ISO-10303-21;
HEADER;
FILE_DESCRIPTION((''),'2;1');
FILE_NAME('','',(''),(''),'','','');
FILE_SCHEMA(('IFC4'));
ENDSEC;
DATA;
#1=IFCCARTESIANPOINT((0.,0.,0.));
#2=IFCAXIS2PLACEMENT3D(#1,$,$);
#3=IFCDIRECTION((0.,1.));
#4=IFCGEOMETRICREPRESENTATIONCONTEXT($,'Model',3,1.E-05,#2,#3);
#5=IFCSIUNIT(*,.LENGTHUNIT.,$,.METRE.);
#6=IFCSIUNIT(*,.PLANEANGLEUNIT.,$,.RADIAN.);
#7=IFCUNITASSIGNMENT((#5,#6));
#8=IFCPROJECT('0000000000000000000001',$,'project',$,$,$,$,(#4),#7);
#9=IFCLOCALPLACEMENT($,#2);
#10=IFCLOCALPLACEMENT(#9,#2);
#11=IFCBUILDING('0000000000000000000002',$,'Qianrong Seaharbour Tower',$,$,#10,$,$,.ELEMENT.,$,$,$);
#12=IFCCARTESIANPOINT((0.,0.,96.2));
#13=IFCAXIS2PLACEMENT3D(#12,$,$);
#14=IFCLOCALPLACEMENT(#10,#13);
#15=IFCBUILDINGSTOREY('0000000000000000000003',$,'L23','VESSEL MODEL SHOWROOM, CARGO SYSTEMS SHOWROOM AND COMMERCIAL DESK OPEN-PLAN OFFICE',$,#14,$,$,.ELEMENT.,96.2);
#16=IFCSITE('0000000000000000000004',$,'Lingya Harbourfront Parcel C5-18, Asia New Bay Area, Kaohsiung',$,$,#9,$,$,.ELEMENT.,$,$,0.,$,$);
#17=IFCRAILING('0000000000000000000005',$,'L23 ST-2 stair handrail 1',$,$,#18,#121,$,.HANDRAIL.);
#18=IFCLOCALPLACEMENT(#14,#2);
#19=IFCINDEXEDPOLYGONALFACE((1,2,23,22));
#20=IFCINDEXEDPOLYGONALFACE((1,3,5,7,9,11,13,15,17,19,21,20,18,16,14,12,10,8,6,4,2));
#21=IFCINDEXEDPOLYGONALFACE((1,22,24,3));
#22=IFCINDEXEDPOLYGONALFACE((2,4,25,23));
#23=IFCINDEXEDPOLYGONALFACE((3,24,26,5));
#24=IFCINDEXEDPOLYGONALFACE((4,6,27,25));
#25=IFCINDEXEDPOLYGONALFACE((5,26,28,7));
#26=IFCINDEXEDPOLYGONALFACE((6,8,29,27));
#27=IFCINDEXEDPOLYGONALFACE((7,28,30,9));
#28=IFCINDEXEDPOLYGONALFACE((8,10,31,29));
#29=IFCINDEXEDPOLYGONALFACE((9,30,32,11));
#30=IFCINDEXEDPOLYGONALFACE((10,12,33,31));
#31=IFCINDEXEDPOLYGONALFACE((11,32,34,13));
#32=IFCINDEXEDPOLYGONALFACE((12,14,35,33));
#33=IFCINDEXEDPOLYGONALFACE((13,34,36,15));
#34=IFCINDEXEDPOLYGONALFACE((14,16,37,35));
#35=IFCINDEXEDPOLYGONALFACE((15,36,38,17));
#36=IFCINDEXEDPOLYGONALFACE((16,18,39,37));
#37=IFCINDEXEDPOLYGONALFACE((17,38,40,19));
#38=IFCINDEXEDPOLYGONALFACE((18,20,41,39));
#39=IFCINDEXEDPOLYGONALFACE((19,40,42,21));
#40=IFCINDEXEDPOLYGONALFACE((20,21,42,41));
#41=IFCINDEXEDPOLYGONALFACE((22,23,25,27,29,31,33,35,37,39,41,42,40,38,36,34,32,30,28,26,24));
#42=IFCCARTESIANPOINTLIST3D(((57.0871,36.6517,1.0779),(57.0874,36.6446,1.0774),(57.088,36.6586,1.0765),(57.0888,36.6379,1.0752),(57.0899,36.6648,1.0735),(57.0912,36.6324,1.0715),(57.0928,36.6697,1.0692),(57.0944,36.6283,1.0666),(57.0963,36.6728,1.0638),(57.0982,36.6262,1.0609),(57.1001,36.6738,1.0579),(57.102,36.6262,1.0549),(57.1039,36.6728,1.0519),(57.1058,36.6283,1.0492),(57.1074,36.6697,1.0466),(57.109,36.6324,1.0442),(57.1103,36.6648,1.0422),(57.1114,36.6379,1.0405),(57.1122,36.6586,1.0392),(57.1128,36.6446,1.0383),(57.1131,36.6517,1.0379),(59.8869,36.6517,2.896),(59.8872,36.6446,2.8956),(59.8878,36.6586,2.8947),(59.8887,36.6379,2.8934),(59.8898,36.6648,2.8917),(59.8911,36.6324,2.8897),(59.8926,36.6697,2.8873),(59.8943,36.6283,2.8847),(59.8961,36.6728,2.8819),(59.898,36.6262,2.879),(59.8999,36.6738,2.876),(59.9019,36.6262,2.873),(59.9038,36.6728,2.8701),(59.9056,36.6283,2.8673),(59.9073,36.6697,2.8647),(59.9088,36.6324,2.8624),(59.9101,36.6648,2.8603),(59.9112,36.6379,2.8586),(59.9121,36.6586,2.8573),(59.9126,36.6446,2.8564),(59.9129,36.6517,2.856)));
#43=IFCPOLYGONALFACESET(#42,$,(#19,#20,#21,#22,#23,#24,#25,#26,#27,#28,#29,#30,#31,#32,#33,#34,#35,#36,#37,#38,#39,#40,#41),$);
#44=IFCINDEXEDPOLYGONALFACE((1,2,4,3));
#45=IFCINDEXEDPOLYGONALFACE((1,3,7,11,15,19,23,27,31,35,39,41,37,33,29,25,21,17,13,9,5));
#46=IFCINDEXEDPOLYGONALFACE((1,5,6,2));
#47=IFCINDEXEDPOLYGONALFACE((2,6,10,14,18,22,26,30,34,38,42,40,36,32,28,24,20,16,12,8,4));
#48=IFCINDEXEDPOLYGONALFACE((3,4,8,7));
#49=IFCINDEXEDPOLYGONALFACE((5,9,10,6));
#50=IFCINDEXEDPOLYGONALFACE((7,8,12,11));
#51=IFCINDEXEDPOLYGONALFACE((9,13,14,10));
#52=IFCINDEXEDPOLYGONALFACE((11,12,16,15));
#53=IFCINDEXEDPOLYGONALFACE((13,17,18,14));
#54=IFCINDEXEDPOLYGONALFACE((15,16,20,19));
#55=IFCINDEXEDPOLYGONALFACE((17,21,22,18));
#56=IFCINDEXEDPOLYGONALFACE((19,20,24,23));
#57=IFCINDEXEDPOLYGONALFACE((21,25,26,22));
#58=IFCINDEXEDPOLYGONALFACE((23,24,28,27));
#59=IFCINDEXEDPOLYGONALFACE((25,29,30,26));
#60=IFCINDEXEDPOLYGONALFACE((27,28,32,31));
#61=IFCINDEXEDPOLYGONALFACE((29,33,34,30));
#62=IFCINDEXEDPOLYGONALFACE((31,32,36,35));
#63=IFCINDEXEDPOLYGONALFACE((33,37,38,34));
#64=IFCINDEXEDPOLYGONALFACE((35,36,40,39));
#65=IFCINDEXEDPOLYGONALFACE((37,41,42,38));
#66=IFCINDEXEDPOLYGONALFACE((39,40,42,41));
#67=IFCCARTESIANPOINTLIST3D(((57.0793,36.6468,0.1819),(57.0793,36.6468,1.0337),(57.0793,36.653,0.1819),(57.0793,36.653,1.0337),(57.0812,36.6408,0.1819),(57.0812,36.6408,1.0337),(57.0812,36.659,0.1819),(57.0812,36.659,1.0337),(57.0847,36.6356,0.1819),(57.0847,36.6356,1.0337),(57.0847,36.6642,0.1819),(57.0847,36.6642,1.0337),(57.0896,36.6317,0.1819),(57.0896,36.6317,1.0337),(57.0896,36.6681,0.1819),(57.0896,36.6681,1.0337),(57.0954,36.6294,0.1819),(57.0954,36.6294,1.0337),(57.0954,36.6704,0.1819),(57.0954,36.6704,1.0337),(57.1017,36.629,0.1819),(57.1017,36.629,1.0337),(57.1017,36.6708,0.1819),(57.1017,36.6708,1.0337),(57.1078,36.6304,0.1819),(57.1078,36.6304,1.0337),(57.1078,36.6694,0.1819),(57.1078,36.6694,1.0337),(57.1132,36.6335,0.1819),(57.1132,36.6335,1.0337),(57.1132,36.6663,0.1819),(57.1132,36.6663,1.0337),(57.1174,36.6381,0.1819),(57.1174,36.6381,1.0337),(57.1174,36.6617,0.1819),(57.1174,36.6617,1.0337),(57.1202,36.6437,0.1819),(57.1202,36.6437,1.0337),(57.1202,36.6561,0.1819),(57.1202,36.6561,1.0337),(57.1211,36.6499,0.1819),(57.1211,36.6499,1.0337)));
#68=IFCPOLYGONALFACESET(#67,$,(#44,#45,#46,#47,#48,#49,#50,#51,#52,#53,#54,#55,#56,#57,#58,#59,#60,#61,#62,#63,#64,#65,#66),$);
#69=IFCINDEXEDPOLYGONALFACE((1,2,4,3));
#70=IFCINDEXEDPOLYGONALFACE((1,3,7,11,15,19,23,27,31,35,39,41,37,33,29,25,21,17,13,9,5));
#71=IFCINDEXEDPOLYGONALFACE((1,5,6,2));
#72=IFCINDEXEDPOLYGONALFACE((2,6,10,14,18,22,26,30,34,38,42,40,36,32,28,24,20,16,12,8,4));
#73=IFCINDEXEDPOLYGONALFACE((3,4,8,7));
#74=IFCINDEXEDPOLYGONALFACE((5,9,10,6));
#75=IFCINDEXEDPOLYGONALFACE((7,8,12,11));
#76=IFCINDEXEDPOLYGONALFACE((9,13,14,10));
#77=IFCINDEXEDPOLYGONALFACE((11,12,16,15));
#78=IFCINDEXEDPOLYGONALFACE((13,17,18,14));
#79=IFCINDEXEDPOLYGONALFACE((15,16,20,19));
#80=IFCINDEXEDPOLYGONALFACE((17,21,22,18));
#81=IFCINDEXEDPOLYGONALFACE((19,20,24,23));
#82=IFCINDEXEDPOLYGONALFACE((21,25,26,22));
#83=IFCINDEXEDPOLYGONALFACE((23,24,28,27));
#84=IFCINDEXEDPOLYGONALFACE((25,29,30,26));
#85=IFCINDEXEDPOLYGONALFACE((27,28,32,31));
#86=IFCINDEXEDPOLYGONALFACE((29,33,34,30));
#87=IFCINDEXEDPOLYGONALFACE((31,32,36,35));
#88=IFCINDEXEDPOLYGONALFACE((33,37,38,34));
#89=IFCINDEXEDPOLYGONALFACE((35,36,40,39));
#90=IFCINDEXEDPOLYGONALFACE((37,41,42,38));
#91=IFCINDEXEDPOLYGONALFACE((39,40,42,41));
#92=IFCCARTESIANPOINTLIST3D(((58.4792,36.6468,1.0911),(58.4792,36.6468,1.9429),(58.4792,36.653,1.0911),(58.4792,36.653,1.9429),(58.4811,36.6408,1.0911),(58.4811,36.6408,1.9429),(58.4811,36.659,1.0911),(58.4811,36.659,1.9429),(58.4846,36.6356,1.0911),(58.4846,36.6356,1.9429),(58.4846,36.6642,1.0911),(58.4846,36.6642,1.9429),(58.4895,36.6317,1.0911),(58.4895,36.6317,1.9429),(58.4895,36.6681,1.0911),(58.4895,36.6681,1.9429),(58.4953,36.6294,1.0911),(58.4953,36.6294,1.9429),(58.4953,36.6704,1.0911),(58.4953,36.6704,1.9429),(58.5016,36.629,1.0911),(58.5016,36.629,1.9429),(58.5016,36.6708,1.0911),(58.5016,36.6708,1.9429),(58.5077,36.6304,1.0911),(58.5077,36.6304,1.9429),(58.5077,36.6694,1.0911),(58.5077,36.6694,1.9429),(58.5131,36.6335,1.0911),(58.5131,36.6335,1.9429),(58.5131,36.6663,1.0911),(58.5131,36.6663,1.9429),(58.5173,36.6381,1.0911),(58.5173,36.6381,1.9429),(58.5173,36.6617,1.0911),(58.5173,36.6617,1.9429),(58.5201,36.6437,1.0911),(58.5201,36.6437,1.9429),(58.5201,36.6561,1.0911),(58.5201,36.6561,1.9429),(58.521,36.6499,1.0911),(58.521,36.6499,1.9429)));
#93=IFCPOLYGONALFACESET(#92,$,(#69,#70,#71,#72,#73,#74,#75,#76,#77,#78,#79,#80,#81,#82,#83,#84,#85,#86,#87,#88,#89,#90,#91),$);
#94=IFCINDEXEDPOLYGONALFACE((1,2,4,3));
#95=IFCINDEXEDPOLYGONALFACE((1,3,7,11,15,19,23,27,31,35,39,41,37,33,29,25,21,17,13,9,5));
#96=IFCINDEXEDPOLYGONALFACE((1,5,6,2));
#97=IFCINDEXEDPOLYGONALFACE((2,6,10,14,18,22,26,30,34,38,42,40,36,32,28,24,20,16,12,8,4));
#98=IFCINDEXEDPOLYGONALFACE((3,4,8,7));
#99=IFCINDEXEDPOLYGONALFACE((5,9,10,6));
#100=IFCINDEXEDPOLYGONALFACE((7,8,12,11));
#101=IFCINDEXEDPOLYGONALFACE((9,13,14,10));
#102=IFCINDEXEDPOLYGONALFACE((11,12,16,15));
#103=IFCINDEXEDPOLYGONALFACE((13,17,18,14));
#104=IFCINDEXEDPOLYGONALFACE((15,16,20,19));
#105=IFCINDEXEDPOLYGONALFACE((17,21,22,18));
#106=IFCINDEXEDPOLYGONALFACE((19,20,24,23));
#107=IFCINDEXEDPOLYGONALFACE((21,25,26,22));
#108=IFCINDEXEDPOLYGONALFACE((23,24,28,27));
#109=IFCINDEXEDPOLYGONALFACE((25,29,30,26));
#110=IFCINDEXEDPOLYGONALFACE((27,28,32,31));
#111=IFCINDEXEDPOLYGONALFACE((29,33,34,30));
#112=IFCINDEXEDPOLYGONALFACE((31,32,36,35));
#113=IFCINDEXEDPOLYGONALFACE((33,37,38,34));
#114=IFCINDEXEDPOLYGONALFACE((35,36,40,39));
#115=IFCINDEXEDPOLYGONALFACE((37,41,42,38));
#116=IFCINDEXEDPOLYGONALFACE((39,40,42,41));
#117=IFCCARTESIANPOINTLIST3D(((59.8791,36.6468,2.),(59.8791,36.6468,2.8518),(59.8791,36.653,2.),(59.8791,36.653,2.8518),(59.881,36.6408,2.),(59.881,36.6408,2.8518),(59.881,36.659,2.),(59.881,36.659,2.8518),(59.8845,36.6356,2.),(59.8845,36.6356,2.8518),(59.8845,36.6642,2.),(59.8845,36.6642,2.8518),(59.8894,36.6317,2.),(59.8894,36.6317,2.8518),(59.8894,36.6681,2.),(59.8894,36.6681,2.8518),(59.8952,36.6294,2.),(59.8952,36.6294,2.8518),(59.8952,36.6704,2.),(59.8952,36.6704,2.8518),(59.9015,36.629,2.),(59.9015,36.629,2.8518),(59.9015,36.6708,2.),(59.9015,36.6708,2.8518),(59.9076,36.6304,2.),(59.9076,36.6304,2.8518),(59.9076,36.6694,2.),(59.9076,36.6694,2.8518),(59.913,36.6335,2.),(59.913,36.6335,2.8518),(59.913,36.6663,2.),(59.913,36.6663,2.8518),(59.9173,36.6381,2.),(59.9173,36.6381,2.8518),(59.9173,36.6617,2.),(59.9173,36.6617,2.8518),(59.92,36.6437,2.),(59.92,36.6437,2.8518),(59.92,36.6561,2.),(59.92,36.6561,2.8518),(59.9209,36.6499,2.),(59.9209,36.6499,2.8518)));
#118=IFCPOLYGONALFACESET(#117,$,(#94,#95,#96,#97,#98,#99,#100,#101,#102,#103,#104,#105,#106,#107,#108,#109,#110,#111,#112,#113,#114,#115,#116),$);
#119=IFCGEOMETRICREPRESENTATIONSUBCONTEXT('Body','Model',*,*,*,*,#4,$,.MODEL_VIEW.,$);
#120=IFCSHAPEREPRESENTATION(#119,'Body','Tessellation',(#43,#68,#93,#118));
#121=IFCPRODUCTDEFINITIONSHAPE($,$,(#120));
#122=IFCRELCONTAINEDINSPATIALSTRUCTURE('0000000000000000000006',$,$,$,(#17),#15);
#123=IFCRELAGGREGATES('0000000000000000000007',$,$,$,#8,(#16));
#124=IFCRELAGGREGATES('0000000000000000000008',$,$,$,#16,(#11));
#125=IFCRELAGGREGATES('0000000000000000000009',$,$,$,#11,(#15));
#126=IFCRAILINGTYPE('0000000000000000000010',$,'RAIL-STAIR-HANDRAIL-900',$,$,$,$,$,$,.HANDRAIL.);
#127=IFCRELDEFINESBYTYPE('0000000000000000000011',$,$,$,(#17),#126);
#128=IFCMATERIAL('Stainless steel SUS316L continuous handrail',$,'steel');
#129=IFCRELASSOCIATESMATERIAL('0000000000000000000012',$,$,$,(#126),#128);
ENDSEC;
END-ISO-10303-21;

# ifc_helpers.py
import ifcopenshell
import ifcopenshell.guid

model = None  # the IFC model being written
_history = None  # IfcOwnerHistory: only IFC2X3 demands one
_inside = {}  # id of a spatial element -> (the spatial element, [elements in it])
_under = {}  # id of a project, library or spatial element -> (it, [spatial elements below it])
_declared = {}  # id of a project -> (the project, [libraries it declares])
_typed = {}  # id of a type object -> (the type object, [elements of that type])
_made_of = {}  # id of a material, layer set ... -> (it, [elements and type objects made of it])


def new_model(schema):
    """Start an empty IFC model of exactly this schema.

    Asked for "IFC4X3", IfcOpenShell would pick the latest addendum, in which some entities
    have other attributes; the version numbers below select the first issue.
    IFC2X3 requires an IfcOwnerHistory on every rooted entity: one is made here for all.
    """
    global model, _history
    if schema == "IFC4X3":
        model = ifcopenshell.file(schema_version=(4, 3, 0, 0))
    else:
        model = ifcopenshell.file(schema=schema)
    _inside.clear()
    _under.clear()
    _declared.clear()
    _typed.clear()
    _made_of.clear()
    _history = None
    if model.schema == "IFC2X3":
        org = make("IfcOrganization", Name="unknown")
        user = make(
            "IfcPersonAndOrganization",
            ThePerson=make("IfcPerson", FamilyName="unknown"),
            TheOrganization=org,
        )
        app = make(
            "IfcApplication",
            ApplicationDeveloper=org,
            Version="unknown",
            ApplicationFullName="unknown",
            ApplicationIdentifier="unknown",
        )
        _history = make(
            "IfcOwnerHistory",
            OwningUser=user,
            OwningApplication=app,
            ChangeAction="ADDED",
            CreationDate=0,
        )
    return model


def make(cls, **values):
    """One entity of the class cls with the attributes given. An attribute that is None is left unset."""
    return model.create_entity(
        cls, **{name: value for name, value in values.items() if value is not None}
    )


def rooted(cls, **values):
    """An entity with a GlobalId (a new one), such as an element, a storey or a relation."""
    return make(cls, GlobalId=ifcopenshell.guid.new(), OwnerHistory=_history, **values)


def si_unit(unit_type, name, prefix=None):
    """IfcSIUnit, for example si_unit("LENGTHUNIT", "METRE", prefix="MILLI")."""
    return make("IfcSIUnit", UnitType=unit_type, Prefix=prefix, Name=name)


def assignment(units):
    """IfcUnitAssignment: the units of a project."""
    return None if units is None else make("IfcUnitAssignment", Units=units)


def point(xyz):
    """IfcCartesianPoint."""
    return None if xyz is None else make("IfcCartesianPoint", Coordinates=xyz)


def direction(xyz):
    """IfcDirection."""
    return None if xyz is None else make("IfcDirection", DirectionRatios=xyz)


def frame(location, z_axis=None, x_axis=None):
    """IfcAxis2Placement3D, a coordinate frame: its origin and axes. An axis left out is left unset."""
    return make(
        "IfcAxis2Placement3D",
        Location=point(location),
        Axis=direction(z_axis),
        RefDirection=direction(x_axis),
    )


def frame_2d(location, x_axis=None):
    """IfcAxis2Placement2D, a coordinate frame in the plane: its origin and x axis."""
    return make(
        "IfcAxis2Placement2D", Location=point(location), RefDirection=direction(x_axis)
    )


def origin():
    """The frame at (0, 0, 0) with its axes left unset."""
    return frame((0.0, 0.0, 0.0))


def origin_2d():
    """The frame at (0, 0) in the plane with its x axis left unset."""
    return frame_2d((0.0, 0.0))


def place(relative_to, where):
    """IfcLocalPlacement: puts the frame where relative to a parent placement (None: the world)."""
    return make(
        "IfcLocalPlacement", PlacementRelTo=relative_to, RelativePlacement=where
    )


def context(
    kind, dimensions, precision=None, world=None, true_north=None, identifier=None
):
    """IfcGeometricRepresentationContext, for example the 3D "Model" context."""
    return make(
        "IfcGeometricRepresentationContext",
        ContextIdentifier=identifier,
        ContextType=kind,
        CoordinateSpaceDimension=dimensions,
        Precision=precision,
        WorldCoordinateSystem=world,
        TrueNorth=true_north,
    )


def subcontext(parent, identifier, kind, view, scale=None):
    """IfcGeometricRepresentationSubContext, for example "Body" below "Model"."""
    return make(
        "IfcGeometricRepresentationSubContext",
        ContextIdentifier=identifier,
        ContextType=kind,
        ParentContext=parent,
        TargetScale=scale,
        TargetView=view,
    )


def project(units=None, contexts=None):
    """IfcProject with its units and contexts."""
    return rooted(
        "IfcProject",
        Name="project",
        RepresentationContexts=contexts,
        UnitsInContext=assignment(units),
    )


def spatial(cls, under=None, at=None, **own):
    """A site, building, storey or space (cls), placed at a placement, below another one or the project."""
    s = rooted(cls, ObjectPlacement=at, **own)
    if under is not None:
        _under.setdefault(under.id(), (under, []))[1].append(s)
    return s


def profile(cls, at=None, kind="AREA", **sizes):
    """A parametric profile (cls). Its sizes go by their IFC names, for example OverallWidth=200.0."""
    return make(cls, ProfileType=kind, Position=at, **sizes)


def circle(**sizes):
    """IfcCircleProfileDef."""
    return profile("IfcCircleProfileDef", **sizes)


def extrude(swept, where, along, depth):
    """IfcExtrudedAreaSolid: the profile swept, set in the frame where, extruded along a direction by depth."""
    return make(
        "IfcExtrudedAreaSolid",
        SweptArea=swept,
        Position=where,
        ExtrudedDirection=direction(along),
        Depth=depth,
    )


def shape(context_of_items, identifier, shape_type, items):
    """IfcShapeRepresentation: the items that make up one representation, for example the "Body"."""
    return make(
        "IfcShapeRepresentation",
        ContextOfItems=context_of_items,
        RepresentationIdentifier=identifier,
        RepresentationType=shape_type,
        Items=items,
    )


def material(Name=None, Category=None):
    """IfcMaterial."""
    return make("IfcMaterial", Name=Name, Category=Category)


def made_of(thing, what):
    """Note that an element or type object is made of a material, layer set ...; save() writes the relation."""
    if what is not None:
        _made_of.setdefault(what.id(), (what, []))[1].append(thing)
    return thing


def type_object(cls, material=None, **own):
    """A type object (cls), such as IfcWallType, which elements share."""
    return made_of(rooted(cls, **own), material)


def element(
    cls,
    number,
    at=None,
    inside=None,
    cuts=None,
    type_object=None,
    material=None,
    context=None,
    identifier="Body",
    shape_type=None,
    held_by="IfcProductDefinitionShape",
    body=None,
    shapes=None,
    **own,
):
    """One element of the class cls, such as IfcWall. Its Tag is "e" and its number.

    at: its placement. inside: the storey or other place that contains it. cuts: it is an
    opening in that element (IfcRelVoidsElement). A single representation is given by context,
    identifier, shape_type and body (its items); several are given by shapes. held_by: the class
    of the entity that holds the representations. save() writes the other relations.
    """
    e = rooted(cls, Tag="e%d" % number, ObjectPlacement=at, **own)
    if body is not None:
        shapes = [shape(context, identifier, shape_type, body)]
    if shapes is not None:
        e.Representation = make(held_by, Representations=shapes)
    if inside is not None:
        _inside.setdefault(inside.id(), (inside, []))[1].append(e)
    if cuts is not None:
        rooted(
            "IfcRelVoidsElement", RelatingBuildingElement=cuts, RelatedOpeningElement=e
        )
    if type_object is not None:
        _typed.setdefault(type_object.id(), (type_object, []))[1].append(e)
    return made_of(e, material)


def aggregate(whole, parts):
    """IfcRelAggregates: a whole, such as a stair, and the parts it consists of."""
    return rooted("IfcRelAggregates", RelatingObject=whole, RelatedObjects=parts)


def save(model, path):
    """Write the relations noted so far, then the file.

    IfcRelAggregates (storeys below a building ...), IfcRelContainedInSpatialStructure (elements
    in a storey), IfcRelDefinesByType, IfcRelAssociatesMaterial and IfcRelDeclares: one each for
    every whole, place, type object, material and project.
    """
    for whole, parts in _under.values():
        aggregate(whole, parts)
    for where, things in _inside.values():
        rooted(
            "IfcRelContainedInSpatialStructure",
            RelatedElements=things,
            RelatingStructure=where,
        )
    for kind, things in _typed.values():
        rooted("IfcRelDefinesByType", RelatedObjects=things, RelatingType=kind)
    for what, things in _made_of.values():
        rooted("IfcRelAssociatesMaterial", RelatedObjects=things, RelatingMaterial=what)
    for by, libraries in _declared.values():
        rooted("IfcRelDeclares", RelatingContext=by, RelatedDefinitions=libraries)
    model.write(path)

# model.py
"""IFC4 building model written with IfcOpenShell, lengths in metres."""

from ifc_helpers import new_model, si_unit, direction, frame, origin, origin_2d, place, context, subcontext, project, spatial, circle, extrude, material, type_object, element, save


model = new_model("IFC4")

# Units and contexts
model_context = context("Model", 3, precision=1e-05, world=origin(), true_north=direction((0.0, 1.0)))
body_context = subcontext(model_context, "Body", "Model", "MODEL_VIEW")
ifc_project = project(units=[si_unit("LENGTHUNIT", "METRE"), si_unit("PLANEANGLEUNIT", "RADIAN")], contexts=[model_context])

# Site, building, storey
site_placement = place(None, origin())
site = spatial("IfcSite", under=ifc_project, at=site_placement, Name="Lingya Harbourfront Parcel C5-18, Asia New Bay Area, Kaohsiung", CompositionType="ELEMENT", RefElevation=0.0)
building_placement = place(site_placement, origin())
building = spatial("IfcBuilding", under=site, at=building_placement, Name="Qianrong Seaharbour Tower", CompositionType="ELEMENT")
storey_placement = place(building_placement, frame((0.0, 0.0, 96.2)))
storey = spatial("IfcBuildingStorey", under=building, at=storey_placement, Name="L23", Description="VESSEL MODEL SHOWROOM, CARGO SYSTEMS SHOWROOM AND COMMERCIAL DESK OPEN-PLAN OFFICE", CompositionType="ELEMENT", Elevation=96.2)

# Railing
ifc_material_1 = material(Name="Stainless steel SUS316L continuous handrail", Category="steel")
railing_type_1 = type_object("IfcRailingType", Name="RAIL-STAIR-HANDRAIL-900", PredefinedType="HANDRAIL", material=ifc_material_1)
railing_1_placement = place(storey_placement, frame((57.1001, 36.6499, 0.1819)))
element("IfcRailing", 1, at=railing_1_placement, inside=storey, type_object=railing_type_1, Name="L23 ST-2 stair handrail 1", PredefinedType="HANDRAIL", context=body_context, shape_type="SweptSolid", body=[
    extrude(circle(Radius=0.0239, at=origin_2d()), frame((0.0, 0.0, 0.876), z_axis=(0.838684, 0.0, 0.544618), x_axis=(0.0, 1.0, 0.0)), (0.0, 0.0, 1.0), 3.3384),
    extrude(circle(Radius=0.021, at=origin_2d()), origin(), (0.0, 0.0, 1.0), 0.8518),
    extrude(circle(Radius=0.021, at=origin_2d()), frame((1.3999, 0.0, 0.9092)), (0.0, 0.0, 1.0), 0.8518),
    extrude(circle(Radius=0.021, at=origin_2d()), frame((2.7998, 0.0, 1.8181)), (0.0, 0.0, 1.0), 0.8518),
])

save(model, "model.ifc")
